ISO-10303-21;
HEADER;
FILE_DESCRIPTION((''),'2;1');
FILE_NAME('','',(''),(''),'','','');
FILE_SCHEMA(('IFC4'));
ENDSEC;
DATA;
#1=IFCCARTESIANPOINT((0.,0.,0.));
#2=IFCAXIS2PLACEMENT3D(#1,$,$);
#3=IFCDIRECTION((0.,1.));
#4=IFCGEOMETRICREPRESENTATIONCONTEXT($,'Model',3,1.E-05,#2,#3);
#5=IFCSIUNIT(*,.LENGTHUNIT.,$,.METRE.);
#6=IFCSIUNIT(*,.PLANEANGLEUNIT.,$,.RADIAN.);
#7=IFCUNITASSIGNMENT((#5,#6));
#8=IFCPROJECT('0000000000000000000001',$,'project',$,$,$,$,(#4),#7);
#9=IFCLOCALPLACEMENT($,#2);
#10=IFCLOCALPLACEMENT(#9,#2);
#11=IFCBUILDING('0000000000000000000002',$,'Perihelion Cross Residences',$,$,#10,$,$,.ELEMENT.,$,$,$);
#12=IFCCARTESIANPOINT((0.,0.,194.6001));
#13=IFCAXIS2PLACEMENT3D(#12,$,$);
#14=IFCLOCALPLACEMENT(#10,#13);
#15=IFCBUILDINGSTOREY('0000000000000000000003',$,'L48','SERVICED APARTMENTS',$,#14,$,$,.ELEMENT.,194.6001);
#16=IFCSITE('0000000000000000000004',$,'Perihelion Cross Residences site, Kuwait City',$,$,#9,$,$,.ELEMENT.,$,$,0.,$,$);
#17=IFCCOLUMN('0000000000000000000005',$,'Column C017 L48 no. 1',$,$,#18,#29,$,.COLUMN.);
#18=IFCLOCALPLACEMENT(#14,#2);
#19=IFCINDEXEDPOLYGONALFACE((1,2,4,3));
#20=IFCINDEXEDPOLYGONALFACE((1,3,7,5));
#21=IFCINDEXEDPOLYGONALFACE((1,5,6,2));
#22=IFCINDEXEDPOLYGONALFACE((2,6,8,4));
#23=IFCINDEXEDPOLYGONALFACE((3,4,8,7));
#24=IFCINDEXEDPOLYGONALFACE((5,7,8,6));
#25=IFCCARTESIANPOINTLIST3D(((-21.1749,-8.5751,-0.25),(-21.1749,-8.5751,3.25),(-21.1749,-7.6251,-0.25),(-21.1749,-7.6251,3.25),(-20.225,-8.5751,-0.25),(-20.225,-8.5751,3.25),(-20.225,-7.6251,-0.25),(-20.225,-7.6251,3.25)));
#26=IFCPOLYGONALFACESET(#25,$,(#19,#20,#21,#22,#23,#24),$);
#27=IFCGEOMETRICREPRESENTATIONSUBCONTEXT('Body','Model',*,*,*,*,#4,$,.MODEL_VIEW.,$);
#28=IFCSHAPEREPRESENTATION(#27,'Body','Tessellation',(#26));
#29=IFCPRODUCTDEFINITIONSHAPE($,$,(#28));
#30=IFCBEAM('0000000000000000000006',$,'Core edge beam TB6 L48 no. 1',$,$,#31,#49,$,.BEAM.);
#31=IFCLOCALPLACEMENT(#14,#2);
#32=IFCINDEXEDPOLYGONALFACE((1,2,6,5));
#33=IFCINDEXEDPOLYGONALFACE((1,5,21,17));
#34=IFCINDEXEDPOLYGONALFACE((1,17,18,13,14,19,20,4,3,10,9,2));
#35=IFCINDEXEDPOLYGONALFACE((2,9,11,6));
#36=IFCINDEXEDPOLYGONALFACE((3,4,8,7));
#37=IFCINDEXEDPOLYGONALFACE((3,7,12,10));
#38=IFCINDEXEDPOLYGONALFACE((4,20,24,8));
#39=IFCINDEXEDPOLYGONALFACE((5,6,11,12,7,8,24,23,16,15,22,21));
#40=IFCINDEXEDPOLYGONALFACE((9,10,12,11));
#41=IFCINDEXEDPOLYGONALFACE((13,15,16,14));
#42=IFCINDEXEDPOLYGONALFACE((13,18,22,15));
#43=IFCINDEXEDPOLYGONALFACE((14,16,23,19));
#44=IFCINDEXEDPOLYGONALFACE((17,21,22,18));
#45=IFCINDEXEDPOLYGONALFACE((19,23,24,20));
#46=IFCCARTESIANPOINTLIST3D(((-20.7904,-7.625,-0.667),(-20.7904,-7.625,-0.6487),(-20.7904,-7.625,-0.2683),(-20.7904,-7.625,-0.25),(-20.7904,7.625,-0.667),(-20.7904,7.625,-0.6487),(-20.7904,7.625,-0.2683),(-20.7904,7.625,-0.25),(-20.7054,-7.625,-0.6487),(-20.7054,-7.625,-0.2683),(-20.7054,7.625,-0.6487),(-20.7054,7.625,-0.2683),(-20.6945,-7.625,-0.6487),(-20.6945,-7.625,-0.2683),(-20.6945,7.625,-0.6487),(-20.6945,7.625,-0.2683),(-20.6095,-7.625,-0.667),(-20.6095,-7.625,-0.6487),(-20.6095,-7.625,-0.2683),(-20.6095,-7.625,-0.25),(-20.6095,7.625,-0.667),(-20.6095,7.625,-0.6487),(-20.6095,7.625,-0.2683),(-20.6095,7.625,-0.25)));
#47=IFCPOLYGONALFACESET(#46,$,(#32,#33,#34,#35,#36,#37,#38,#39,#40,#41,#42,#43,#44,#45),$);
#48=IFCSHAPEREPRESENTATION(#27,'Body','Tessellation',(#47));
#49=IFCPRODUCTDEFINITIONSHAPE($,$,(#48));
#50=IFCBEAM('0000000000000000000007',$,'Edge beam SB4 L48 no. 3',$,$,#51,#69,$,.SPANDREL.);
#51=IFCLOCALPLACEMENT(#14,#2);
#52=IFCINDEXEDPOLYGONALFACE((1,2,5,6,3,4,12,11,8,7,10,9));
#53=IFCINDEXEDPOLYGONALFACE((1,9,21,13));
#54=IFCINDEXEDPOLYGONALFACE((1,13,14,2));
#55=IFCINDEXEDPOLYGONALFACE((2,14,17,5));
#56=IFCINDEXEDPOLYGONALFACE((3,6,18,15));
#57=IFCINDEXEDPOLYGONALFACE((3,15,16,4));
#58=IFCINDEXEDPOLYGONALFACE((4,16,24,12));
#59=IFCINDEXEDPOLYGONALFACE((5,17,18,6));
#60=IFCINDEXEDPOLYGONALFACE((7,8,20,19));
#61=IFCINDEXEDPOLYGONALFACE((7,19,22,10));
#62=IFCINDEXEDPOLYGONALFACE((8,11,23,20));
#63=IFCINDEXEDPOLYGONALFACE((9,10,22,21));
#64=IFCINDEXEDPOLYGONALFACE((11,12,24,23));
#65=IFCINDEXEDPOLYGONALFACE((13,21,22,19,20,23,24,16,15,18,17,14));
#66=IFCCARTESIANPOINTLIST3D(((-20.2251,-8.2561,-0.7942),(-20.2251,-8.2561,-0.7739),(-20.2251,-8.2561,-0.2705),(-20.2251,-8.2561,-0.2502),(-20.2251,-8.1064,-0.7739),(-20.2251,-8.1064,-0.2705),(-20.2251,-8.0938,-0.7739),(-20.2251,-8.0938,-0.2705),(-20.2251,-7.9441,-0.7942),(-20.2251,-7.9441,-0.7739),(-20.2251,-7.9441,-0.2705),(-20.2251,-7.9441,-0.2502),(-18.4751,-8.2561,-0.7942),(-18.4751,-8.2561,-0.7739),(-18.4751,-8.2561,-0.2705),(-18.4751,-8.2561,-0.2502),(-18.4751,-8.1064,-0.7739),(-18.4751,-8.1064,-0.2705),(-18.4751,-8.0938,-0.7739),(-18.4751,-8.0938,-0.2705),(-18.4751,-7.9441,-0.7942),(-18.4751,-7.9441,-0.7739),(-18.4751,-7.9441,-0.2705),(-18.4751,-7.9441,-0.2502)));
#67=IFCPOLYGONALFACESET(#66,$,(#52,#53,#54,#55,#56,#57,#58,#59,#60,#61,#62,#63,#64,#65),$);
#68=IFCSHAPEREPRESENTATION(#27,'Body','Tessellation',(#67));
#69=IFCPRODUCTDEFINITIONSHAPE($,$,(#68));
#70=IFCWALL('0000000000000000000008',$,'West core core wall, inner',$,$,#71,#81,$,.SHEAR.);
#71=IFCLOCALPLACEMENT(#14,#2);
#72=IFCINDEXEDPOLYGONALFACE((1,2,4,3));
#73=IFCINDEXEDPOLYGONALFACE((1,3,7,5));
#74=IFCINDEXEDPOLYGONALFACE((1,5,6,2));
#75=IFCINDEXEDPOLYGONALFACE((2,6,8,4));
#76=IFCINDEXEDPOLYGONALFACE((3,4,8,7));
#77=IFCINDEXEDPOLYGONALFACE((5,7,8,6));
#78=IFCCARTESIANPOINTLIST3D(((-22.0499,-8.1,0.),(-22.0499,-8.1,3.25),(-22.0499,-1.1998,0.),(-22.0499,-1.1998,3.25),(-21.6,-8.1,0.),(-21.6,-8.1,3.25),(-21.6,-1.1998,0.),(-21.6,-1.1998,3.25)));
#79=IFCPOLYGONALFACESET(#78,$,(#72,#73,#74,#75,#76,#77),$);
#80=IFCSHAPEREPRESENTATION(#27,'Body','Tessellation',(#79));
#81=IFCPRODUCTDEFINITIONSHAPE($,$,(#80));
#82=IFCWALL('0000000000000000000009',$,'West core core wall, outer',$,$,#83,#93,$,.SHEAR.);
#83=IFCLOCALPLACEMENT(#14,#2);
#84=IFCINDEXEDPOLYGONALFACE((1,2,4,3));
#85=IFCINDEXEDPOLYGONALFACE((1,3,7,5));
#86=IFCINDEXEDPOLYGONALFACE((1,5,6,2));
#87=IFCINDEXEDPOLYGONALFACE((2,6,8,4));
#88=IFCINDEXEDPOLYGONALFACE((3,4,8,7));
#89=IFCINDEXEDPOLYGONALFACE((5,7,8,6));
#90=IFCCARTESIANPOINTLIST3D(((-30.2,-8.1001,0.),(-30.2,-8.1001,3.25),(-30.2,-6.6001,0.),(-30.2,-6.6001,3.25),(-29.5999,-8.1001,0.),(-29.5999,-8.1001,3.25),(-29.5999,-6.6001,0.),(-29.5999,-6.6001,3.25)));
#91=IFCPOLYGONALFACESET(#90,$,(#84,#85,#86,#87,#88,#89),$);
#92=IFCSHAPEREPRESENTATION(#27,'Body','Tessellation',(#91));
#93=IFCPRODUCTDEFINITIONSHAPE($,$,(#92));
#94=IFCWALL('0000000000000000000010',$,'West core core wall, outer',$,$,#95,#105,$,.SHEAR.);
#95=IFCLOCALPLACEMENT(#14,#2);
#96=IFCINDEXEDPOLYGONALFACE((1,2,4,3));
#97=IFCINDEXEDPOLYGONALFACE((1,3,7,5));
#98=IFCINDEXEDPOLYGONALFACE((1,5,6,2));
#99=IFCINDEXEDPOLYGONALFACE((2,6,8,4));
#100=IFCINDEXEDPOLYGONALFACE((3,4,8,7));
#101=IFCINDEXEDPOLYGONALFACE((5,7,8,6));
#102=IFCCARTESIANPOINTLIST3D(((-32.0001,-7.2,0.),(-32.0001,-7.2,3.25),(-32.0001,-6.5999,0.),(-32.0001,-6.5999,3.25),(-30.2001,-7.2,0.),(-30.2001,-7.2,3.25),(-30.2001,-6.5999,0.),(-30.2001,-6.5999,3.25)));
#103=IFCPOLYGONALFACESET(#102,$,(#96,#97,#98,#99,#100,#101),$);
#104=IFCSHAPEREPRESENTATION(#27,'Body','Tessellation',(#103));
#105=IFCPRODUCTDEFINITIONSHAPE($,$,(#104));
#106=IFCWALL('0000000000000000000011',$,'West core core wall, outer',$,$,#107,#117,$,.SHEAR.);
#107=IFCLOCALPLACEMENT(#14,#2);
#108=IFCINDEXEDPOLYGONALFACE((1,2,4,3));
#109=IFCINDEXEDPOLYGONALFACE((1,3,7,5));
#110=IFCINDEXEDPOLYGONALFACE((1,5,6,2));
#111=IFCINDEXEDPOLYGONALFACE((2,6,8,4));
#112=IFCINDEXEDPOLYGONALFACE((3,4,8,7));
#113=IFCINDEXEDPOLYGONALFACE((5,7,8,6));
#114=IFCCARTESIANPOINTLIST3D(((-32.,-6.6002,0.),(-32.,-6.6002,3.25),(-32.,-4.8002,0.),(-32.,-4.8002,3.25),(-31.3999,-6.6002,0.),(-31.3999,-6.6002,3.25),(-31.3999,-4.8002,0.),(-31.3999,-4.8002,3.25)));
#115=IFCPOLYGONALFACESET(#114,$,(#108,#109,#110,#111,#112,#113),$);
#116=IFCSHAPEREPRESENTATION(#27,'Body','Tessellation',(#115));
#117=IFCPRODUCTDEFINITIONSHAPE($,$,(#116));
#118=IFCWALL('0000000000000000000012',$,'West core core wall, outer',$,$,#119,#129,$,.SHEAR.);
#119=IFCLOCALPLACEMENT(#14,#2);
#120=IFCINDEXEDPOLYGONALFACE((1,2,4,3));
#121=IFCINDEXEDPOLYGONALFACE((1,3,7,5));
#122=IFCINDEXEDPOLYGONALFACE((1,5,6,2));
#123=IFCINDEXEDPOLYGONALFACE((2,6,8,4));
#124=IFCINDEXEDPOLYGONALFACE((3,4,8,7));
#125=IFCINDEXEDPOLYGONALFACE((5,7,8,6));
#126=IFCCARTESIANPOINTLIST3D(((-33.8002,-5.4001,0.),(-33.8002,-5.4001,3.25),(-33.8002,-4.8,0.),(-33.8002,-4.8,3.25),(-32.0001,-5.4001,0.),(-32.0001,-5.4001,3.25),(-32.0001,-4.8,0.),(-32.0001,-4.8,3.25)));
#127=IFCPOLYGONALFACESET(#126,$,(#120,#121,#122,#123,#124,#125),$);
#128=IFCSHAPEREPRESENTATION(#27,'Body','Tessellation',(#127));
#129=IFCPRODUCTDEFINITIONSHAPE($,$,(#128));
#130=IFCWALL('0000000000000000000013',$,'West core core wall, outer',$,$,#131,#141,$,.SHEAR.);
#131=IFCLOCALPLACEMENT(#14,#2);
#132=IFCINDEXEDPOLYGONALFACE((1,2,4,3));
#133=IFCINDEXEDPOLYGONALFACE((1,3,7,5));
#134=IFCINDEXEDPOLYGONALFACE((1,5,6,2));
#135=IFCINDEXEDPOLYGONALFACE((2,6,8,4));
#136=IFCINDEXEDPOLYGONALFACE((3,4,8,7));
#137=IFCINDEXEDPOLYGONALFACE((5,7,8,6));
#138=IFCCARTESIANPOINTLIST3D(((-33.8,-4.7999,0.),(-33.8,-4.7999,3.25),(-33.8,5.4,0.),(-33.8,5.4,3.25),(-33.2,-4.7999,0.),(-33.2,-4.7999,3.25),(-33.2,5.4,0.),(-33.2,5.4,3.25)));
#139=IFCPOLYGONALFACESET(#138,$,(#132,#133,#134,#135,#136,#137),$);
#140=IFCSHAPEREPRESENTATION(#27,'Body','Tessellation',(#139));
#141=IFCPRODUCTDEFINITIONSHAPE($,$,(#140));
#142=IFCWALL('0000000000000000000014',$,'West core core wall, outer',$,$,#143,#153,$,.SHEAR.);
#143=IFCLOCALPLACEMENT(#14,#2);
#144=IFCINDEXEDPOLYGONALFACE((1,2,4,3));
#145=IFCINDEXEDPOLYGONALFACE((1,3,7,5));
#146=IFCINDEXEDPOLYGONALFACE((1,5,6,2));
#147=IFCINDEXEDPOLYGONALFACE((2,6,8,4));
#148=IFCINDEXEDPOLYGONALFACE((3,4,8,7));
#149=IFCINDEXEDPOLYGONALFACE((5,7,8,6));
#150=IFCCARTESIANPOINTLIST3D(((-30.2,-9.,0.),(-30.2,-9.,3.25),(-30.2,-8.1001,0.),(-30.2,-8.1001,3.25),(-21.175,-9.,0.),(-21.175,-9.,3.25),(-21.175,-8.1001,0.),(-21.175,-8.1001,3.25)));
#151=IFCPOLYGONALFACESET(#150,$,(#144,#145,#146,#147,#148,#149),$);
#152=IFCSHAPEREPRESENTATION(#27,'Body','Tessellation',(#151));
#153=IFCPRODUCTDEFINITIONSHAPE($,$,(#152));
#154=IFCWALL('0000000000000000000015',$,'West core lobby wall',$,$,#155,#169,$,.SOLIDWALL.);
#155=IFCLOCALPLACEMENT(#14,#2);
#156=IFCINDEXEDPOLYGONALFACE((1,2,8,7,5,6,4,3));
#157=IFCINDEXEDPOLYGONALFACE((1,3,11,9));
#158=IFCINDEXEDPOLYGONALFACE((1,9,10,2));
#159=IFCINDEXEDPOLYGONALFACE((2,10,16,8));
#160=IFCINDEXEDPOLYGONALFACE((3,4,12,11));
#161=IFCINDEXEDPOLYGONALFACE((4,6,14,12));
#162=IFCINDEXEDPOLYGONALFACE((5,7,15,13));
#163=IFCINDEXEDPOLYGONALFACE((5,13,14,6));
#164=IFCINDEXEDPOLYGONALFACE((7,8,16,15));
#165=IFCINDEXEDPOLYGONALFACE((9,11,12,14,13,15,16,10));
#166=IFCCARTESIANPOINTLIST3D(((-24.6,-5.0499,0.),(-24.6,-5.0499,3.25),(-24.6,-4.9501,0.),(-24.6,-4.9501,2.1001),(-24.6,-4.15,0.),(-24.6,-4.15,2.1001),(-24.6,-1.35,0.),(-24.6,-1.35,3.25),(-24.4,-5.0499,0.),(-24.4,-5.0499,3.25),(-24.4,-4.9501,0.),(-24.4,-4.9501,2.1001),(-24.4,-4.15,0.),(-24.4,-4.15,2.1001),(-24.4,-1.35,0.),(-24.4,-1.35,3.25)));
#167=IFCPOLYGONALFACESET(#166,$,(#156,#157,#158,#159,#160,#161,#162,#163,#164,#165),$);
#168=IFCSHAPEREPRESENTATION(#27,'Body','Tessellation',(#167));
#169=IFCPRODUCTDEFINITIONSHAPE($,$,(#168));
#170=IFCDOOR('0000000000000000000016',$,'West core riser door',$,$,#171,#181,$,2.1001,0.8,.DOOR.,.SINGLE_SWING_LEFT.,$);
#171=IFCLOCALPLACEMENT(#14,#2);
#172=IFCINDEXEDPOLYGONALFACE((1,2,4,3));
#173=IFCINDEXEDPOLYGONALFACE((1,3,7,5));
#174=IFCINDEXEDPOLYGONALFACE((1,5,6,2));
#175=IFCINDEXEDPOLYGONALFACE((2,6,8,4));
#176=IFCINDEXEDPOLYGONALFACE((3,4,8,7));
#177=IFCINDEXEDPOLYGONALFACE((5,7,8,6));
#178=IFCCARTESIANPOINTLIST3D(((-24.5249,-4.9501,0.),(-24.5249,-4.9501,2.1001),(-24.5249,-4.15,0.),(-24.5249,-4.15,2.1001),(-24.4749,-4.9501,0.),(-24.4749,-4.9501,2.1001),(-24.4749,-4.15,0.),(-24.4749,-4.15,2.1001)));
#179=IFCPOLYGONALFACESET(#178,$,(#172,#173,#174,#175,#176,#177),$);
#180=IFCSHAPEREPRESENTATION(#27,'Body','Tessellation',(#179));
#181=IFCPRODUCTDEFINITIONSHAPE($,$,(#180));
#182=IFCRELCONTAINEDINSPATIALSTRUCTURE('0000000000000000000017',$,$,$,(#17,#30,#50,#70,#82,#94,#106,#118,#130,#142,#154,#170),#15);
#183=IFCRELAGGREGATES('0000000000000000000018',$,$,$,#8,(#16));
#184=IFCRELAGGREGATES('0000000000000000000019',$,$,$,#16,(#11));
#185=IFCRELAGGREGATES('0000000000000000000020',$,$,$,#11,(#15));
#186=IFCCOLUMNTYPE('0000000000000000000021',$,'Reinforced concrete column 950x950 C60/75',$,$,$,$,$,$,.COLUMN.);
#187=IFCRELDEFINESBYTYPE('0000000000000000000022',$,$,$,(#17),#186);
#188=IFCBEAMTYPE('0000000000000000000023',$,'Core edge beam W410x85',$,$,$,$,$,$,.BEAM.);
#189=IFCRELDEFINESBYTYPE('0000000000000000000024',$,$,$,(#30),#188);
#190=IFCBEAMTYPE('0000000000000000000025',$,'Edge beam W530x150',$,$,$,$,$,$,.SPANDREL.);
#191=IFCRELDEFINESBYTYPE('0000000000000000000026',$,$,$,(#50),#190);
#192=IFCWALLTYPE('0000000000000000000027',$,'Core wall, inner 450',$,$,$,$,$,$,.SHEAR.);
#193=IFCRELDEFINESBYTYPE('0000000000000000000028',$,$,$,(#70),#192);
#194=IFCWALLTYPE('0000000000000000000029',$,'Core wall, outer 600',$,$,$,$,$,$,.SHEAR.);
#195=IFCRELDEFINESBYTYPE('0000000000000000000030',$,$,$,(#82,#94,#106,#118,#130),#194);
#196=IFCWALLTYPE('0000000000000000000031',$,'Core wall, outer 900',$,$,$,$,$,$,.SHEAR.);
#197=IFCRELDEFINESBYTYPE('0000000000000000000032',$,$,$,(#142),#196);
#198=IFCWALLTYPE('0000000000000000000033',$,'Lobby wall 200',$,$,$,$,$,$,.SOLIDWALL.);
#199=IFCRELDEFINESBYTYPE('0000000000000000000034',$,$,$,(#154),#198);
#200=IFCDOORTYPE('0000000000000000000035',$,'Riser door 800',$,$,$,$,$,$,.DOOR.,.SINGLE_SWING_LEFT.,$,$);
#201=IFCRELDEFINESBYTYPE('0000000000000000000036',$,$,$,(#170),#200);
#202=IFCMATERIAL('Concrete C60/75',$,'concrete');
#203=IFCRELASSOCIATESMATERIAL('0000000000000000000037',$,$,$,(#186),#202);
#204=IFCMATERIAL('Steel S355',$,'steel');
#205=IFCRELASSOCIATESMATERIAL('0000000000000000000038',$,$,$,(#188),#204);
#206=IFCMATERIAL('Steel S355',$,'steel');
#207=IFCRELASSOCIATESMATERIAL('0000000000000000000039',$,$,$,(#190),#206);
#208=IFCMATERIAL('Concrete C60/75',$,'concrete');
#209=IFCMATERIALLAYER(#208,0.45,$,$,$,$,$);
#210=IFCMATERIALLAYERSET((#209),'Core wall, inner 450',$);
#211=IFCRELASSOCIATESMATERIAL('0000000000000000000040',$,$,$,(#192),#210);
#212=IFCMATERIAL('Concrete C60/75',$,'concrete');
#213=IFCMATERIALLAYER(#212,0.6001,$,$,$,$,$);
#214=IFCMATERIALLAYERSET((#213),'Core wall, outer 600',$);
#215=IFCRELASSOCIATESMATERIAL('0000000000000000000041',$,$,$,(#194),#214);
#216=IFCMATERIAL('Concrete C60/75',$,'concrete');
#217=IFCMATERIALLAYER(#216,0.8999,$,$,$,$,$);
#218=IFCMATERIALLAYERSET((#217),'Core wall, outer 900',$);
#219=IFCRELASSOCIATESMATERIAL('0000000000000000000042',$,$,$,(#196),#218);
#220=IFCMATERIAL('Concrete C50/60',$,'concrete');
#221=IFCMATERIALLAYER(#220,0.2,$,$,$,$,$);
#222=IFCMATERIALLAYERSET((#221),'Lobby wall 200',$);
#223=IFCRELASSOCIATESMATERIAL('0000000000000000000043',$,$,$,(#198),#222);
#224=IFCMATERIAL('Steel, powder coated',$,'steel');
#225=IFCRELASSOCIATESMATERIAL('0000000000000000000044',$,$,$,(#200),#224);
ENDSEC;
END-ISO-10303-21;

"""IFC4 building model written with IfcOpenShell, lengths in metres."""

from ifc_helpers import new_model, si_unit, direction, frame, frame_2d, origin, origin_2d, place, context, subcontext, project, spatial, rectangle, i_section, extrude, material, layer, layer_set, material_profile, profile_set, type_object, element, fill, save


model = new_model("IFC4")

# Units and contexts
model_context = context("Model", 3, precision=1e-05, world=origin(), true_north=direction((0.0, 1.0)))
body_context = subcontext(model_context, "Body", "Model", "MODEL_VIEW")
ifc_project = project(units=[si_unit("LENGTHUNIT", "METRE"), si_unit("PLANEANGLEUNIT", "RADIAN")], contexts=[model_context])

# Site, building, storey
site_placement = place(None, origin())
site = spatial("IfcSite", under=ifc_project, at=site_placement, Name="Perihelion Cross Residences site, Kuwait City", CompositionType="ELEMENT", RefElevation=0.0)
building_placement = place(site_placement, origin())
building = spatial("IfcBuilding", under=site, at=building_placement, Name="Perihelion Cross Residences", CompositionType="ELEMENT")
storey_placement = place(building_placement, frame((0.0, 0.0, 194.6001)))
storey = spatial("IfcBuildingStorey", under=building, at=storey_placement, Name="L48", Description="SERVICED APARTMENTS", CompositionType="ELEMENT", Elevation=194.6001)

# Column
ifc_material_1 = material(Name="Concrete C60/75", Category="concrete")
ifc_material_profile_1 = material_profile(ifc_material_1, rectangle(XDim=0.95, YDim=0.95, at=origin_2d()), Name="RC 950x950")
ifc_profile_set_1 = profile_set([ifc_material_profile_1], Name="Concrete C60/75")
column_type = type_object("IfcColumnType", Name="Reinforced concrete column 950x950 C60/75", PredefinedType="COLUMN", material=ifc_profile_set_1)
column_placement = place(storey_placement, frame((-20.7, -8.1001, -0.25), z_axis=(0.0, 0.0, 1.0), x_axis=(1.0, 0.0, 0.0)))
element("IfcColumn", 1, at=column_placement, inside=storey, type_object=column_type, Name="Column C017 L48 no. 1", PredefinedType="COLUMN", context=body_context, shape_type="SweptSolid", body=[
    extrude(rectangle(XDim=0.95, YDim=0.95, at=origin_2d()), origin(), (0.0, 0.0, 1.0), 3.5),
])

# Beams
ifc_material_2 = material(Name="Steel S355", Category="steel")
ifc_material_profile_2 = material_profile(ifc_material_2, i_section(OverallWidth=0.1809, OverallDepth=0.417, WebThickness=0.011, FlangeThickness=0.0183, at=origin_2d()), Name="W410x85")
ifc_profile_set_2 = profile_set([ifc_material_profile_2], Name="Steel S355")
beam_type_1 = type_object("IfcBeamType", Name="Core edge beam W410x85", PredefinedType="BEAM", material=ifc_profile_set_2)
beam_1_placement = place(storey_placement, frame((-20.7, -7.625, -0.4585), z_axis=(0.0, 1.0, 0.0), x_axis=(-1.0, 0.0, 0.0)))
element("IfcBeam", 2, at=beam_1_placement, inside=storey, type_object=beam_type_1, Name="Core edge beam TB6 L48 no. 1", PredefinedType="BEAM", context=body_context, shape_type="SweptSolid", body=[
    extrude(i_section(OverallWidth=0.1809, OverallDepth=0.417, WebThickness=0.011, FlangeThickness=0.0183, at=origin_2d()), origin(), (0.0, 0.0, 1.0), 15.25),
])
ifc_material_3 = material(Name="Steel S355", Category="steel")
ifc_material_profile_3 = material_profile(ifc_material_3, i_section(OverallWidth=0.312, OverallDepth=0.5439, WebThickness=0.0127, FlangeThickness=0.0203, at=origin_2d()), Name="W530x150")
ifc_profile_set_3 = profile_set([ifc_material_profile_3], Name="Steel S355")
beam_type_2 = type_object("IfcBeamType", Name="Edge beam W530x150", PredefinedType="SPANDREL", material=ifc_profile_set_3)
beam_2_placement = place(storey_placement, frame((-20.2251, -8.1001, -0.5222), z_axis=(1.0, 0.0, 0.0), x_axis=(0.0, 1.0, 0.0)))
element("IfcBeam", 3, at=beam_2_placement, inside=storey, type_object=beam_type_2, Name="Edge beam SB4 L48 no. 3", PredefinedType="SPANDREL", context=body_context, shape_type="SweptSolid", body=[
    extrude(i_section(OverallWidth=0.312, OverallDepth=0.5439, WebThickness=0.0127, FlangeThickness=0.0203, at=origin_2d()), origin(), (0.0, 0.0, 1.0), 1.75),
])

# Walls
ifc_material_4 = material(Name="Concrete C60/75", Category="concrete")
ifc_layer_1 = layer(ifc_material_4, 0.45)
ifc_layer_set_1 = layer_set([ifc_layer_1], Name="Core wall, inner 450")
wall_type_1 = type_object("IfcWallType", Name="Core wall, inner 450", PredefinedType="SHEAR", material=ifc_layer_set_1)
wall_1_placement = place(storey_placement, frame((-21.825, -8.1001, 0.0), z_axis=(0.0, 0.0, 1.0), x_axis=(0.0, 1.0, 0.0)))
element("IfcWall", 4, at=wall_1_placement, inside=storey, type_object=wall_type_1, Name="West core core wall, inner", PredefinedType="SHEAR", context=body_context, shape_type="SweptSolid", body=[
    extrude(rectangle(XDim=6.9001, YDim=0.45, at=frame_2d((3.4502, 0.0))), origin(), (0.0, 0.0, 1.0), 3.25),
])
ifc_material_5 = material(Name="Concrete C60/75", Category="concrete")
ifc_layer_2 = layer(ifc_material_5, 0.6001)
ifc_layer_set_2 = layer_set([ifc_layer_2], Name="Core wall, outer 600")
wall_type_2 = type_object("IfcWallType", Name="Core wall, outer 600", PredefinedType="SHEAR", material=ifc_layer_set_2)
wall_2_placement = place(storey_placement, frame((-29.8999, -8.1001, 0.0), z_axis=(0.0, 0.0, 1.0), x_axis=(0.0, 1.0, 0.0)))
element("IfcWall", 5, at=wall_2_placement, inside=storey, type_object=wall_type_2, Name="West core core wall, outer", PredefinedType="SHEAR", context=body_context, shape_type="SweptSolid", body=[
    extrude(rectangle(XDim=1.5, YDim=0.6001, at=frame_2d((0.75, 0.0))), origin(), (0.0, 0.0, 1.0), 3.25),
])
for number, where, z_axis, x_axis, name in (
    (6, (-32.0, -6.8999, 0.0), (0.0, 0.0, 1.0), (1.0, 0.0, 0.0), "West core core wall, outer"),
    (7, (-31.7, -6.6001, 0.0), (0.0, 0.0, 1.0), (0.0, 1.0, 0.0), "West core core wall, outer"),
    (8, (-33.8, -5.1001, 0.0), (0.0, 0.0, 1.0), (1.0, 0.0, 0.0), "West core core wall, outer"),
):
    element("IfcWall", number, at=place(storey_placement, frame(where, z_axis=z_axis, x_axis=x_axis)), inside=storey, type_object=wall_type_2, Name=name, PredefinedType="SHEAR", context=body_context, shape_type="SweptSolid", body=[
        extrude(rectangle(XDim=1.8, YDim=0.6001, at=frame_2d((0.8999, 0.0))), origin(), (0.0, 0.0, 1.0), 3.25),
    ])
wall_3_placement = place(storey_placement, frame((-33.5, -4.8, 0.0), z_axis=(0.0, 0.0, 1.0), x_axis=(0.0, 1.0, 0.0)))
element("IfcWall", 9, at=wall_3_placement, inside=storey, type_object=wall_type_2, Name="West core core wall, outer", PredefinedType="SHEAR", context=body_context, shape_type="SweptSolid", body=[
    extrude(rectangle(XDim=10.2, YDim=0.6001, at=frame_2d((5.1001, 0.0))), origin(), (0.0, 0.0, 1.0), 3.25),
])
ifc_material_6 = material(Name="Concrete C60/75", Category="concrete")
ifc_layer_3 = layer(ifc_material_6, 0.8999)
ifc_layer_set_3 = layer_set([ifc_layer_3], Name="Core wall, outer 900")
wall_type_3 = type_object("IfcWallType", Name="Core wall, outer 900", PredefinedType="SHEAR", material=ifc_layer_set_3)
wall_4_placement = place(storey_placement, frame((-30.2, -8.55, 0.0), z_axis=(0.0, 0.0, 1.0), x_axis=(1.0, 0.0, 0.0)))
element("IfcWall", 10, at=wall_4_placement, inside=storey, type_object=wall_type_3, Name="West core core wall, outer", PredefinedType="SHEAR", context=body_context, shape_type="SweptSolid", body=[
    extrude(rectangle(XDim=9.0249, YDim=0.8999, at=frame_2d((4.5125, 0.0))), origin(), (0.0, 0.0, 1.0), 3.25),
])

# Wall, opening, door
ifc_material_7 = material(Name="Concrete C50/60", Category="concrete")
ifc_layer_4 = layer(ifc_material_7, 0.2)
ifc_layer_set_4 = layer_set([ifc_layer_4], Name="Lobby wall 200")
wall_type_4 = type_object("IfcWallType", Name="Lobby wall 200", PredefinedType="SOLIDWALL", material=ifc_layer_set_4)
wall_5_placement = place(storey_placement, frame((-24.5, -5.05, 0.0), z_axis=(0.0, 0.0, 1.0), x_axis=(0.0, 1.0, 0.0)))
wall_5 = element("IfcWall", 11, at=wall_5_placement, inside=storey, type_object=wall_type_4, Name="West core lobby wall", PredefinedType="SOLIDWALL", context=body_context, shape_type="SweptSolid", body=[
    extrude(rectangle(XDim=3.7, YDim=0.2, at=frame_2d((1.8501, 0.0))), origin(), (0.0, 0.0, 1.0), 3.25),
])
opening_1_placement = place(wall_5_placement, frame((0.1001, 0.0, 0.0)))
opening_1 = element("IfcOpeningElement", 12, at=opening_1_placement, cuts=wall_5, PredefinedType="OPENING", context=body_context, shape_type="SweptSolid", body=[
    extrude(rectangle(XDim=0.8, YDim=2.1001, at=frame_2d((0.3999, 1.05))), frame((0.0, 0.1099, 0.0), z_axis=(0.0, -1.0, 0.0), x_axis=(1.0, 0.0, 0.0)), (0.0, 0.0, 1.0), 0.22),
])
ifc_material_8 = material(Name="Steel, powder coated", Category="steel")
door_type_1 = type_object("IfcDoorType", Name="Riser door 800", OperationType="SINGLE_SWING_LEFT", PredefinedType="DOOR", material=ifc_material_8)
door_1_placement = place(opening_1_placement, origin())
door_1 = element("IfcDoor", 13, at=door_1_placement, inside=storey, type_object=door_type_1, Name="West core riser door", OperationType="SINGLE_SWING_LEFT", OverallHeight=2.1001, OverallWidth=0.8, PredefinedType="DOOR", context=body_context, shape_type="SweptSolid", body=[
    extrude(rectangle(XDim=0.8, YDim=2.1001, at=frame_2d((0.3999, 1.05))), frame((0.0, 0.0249, 0.0), z_axis=(0.0, -1.0, 0.0), x_axis=(1.0, 0.0, 0.0)), (0.0, 0.0, 1.0), 0.05),
])
fill(opening_1, door_1)

save(model, "model.ifc")
